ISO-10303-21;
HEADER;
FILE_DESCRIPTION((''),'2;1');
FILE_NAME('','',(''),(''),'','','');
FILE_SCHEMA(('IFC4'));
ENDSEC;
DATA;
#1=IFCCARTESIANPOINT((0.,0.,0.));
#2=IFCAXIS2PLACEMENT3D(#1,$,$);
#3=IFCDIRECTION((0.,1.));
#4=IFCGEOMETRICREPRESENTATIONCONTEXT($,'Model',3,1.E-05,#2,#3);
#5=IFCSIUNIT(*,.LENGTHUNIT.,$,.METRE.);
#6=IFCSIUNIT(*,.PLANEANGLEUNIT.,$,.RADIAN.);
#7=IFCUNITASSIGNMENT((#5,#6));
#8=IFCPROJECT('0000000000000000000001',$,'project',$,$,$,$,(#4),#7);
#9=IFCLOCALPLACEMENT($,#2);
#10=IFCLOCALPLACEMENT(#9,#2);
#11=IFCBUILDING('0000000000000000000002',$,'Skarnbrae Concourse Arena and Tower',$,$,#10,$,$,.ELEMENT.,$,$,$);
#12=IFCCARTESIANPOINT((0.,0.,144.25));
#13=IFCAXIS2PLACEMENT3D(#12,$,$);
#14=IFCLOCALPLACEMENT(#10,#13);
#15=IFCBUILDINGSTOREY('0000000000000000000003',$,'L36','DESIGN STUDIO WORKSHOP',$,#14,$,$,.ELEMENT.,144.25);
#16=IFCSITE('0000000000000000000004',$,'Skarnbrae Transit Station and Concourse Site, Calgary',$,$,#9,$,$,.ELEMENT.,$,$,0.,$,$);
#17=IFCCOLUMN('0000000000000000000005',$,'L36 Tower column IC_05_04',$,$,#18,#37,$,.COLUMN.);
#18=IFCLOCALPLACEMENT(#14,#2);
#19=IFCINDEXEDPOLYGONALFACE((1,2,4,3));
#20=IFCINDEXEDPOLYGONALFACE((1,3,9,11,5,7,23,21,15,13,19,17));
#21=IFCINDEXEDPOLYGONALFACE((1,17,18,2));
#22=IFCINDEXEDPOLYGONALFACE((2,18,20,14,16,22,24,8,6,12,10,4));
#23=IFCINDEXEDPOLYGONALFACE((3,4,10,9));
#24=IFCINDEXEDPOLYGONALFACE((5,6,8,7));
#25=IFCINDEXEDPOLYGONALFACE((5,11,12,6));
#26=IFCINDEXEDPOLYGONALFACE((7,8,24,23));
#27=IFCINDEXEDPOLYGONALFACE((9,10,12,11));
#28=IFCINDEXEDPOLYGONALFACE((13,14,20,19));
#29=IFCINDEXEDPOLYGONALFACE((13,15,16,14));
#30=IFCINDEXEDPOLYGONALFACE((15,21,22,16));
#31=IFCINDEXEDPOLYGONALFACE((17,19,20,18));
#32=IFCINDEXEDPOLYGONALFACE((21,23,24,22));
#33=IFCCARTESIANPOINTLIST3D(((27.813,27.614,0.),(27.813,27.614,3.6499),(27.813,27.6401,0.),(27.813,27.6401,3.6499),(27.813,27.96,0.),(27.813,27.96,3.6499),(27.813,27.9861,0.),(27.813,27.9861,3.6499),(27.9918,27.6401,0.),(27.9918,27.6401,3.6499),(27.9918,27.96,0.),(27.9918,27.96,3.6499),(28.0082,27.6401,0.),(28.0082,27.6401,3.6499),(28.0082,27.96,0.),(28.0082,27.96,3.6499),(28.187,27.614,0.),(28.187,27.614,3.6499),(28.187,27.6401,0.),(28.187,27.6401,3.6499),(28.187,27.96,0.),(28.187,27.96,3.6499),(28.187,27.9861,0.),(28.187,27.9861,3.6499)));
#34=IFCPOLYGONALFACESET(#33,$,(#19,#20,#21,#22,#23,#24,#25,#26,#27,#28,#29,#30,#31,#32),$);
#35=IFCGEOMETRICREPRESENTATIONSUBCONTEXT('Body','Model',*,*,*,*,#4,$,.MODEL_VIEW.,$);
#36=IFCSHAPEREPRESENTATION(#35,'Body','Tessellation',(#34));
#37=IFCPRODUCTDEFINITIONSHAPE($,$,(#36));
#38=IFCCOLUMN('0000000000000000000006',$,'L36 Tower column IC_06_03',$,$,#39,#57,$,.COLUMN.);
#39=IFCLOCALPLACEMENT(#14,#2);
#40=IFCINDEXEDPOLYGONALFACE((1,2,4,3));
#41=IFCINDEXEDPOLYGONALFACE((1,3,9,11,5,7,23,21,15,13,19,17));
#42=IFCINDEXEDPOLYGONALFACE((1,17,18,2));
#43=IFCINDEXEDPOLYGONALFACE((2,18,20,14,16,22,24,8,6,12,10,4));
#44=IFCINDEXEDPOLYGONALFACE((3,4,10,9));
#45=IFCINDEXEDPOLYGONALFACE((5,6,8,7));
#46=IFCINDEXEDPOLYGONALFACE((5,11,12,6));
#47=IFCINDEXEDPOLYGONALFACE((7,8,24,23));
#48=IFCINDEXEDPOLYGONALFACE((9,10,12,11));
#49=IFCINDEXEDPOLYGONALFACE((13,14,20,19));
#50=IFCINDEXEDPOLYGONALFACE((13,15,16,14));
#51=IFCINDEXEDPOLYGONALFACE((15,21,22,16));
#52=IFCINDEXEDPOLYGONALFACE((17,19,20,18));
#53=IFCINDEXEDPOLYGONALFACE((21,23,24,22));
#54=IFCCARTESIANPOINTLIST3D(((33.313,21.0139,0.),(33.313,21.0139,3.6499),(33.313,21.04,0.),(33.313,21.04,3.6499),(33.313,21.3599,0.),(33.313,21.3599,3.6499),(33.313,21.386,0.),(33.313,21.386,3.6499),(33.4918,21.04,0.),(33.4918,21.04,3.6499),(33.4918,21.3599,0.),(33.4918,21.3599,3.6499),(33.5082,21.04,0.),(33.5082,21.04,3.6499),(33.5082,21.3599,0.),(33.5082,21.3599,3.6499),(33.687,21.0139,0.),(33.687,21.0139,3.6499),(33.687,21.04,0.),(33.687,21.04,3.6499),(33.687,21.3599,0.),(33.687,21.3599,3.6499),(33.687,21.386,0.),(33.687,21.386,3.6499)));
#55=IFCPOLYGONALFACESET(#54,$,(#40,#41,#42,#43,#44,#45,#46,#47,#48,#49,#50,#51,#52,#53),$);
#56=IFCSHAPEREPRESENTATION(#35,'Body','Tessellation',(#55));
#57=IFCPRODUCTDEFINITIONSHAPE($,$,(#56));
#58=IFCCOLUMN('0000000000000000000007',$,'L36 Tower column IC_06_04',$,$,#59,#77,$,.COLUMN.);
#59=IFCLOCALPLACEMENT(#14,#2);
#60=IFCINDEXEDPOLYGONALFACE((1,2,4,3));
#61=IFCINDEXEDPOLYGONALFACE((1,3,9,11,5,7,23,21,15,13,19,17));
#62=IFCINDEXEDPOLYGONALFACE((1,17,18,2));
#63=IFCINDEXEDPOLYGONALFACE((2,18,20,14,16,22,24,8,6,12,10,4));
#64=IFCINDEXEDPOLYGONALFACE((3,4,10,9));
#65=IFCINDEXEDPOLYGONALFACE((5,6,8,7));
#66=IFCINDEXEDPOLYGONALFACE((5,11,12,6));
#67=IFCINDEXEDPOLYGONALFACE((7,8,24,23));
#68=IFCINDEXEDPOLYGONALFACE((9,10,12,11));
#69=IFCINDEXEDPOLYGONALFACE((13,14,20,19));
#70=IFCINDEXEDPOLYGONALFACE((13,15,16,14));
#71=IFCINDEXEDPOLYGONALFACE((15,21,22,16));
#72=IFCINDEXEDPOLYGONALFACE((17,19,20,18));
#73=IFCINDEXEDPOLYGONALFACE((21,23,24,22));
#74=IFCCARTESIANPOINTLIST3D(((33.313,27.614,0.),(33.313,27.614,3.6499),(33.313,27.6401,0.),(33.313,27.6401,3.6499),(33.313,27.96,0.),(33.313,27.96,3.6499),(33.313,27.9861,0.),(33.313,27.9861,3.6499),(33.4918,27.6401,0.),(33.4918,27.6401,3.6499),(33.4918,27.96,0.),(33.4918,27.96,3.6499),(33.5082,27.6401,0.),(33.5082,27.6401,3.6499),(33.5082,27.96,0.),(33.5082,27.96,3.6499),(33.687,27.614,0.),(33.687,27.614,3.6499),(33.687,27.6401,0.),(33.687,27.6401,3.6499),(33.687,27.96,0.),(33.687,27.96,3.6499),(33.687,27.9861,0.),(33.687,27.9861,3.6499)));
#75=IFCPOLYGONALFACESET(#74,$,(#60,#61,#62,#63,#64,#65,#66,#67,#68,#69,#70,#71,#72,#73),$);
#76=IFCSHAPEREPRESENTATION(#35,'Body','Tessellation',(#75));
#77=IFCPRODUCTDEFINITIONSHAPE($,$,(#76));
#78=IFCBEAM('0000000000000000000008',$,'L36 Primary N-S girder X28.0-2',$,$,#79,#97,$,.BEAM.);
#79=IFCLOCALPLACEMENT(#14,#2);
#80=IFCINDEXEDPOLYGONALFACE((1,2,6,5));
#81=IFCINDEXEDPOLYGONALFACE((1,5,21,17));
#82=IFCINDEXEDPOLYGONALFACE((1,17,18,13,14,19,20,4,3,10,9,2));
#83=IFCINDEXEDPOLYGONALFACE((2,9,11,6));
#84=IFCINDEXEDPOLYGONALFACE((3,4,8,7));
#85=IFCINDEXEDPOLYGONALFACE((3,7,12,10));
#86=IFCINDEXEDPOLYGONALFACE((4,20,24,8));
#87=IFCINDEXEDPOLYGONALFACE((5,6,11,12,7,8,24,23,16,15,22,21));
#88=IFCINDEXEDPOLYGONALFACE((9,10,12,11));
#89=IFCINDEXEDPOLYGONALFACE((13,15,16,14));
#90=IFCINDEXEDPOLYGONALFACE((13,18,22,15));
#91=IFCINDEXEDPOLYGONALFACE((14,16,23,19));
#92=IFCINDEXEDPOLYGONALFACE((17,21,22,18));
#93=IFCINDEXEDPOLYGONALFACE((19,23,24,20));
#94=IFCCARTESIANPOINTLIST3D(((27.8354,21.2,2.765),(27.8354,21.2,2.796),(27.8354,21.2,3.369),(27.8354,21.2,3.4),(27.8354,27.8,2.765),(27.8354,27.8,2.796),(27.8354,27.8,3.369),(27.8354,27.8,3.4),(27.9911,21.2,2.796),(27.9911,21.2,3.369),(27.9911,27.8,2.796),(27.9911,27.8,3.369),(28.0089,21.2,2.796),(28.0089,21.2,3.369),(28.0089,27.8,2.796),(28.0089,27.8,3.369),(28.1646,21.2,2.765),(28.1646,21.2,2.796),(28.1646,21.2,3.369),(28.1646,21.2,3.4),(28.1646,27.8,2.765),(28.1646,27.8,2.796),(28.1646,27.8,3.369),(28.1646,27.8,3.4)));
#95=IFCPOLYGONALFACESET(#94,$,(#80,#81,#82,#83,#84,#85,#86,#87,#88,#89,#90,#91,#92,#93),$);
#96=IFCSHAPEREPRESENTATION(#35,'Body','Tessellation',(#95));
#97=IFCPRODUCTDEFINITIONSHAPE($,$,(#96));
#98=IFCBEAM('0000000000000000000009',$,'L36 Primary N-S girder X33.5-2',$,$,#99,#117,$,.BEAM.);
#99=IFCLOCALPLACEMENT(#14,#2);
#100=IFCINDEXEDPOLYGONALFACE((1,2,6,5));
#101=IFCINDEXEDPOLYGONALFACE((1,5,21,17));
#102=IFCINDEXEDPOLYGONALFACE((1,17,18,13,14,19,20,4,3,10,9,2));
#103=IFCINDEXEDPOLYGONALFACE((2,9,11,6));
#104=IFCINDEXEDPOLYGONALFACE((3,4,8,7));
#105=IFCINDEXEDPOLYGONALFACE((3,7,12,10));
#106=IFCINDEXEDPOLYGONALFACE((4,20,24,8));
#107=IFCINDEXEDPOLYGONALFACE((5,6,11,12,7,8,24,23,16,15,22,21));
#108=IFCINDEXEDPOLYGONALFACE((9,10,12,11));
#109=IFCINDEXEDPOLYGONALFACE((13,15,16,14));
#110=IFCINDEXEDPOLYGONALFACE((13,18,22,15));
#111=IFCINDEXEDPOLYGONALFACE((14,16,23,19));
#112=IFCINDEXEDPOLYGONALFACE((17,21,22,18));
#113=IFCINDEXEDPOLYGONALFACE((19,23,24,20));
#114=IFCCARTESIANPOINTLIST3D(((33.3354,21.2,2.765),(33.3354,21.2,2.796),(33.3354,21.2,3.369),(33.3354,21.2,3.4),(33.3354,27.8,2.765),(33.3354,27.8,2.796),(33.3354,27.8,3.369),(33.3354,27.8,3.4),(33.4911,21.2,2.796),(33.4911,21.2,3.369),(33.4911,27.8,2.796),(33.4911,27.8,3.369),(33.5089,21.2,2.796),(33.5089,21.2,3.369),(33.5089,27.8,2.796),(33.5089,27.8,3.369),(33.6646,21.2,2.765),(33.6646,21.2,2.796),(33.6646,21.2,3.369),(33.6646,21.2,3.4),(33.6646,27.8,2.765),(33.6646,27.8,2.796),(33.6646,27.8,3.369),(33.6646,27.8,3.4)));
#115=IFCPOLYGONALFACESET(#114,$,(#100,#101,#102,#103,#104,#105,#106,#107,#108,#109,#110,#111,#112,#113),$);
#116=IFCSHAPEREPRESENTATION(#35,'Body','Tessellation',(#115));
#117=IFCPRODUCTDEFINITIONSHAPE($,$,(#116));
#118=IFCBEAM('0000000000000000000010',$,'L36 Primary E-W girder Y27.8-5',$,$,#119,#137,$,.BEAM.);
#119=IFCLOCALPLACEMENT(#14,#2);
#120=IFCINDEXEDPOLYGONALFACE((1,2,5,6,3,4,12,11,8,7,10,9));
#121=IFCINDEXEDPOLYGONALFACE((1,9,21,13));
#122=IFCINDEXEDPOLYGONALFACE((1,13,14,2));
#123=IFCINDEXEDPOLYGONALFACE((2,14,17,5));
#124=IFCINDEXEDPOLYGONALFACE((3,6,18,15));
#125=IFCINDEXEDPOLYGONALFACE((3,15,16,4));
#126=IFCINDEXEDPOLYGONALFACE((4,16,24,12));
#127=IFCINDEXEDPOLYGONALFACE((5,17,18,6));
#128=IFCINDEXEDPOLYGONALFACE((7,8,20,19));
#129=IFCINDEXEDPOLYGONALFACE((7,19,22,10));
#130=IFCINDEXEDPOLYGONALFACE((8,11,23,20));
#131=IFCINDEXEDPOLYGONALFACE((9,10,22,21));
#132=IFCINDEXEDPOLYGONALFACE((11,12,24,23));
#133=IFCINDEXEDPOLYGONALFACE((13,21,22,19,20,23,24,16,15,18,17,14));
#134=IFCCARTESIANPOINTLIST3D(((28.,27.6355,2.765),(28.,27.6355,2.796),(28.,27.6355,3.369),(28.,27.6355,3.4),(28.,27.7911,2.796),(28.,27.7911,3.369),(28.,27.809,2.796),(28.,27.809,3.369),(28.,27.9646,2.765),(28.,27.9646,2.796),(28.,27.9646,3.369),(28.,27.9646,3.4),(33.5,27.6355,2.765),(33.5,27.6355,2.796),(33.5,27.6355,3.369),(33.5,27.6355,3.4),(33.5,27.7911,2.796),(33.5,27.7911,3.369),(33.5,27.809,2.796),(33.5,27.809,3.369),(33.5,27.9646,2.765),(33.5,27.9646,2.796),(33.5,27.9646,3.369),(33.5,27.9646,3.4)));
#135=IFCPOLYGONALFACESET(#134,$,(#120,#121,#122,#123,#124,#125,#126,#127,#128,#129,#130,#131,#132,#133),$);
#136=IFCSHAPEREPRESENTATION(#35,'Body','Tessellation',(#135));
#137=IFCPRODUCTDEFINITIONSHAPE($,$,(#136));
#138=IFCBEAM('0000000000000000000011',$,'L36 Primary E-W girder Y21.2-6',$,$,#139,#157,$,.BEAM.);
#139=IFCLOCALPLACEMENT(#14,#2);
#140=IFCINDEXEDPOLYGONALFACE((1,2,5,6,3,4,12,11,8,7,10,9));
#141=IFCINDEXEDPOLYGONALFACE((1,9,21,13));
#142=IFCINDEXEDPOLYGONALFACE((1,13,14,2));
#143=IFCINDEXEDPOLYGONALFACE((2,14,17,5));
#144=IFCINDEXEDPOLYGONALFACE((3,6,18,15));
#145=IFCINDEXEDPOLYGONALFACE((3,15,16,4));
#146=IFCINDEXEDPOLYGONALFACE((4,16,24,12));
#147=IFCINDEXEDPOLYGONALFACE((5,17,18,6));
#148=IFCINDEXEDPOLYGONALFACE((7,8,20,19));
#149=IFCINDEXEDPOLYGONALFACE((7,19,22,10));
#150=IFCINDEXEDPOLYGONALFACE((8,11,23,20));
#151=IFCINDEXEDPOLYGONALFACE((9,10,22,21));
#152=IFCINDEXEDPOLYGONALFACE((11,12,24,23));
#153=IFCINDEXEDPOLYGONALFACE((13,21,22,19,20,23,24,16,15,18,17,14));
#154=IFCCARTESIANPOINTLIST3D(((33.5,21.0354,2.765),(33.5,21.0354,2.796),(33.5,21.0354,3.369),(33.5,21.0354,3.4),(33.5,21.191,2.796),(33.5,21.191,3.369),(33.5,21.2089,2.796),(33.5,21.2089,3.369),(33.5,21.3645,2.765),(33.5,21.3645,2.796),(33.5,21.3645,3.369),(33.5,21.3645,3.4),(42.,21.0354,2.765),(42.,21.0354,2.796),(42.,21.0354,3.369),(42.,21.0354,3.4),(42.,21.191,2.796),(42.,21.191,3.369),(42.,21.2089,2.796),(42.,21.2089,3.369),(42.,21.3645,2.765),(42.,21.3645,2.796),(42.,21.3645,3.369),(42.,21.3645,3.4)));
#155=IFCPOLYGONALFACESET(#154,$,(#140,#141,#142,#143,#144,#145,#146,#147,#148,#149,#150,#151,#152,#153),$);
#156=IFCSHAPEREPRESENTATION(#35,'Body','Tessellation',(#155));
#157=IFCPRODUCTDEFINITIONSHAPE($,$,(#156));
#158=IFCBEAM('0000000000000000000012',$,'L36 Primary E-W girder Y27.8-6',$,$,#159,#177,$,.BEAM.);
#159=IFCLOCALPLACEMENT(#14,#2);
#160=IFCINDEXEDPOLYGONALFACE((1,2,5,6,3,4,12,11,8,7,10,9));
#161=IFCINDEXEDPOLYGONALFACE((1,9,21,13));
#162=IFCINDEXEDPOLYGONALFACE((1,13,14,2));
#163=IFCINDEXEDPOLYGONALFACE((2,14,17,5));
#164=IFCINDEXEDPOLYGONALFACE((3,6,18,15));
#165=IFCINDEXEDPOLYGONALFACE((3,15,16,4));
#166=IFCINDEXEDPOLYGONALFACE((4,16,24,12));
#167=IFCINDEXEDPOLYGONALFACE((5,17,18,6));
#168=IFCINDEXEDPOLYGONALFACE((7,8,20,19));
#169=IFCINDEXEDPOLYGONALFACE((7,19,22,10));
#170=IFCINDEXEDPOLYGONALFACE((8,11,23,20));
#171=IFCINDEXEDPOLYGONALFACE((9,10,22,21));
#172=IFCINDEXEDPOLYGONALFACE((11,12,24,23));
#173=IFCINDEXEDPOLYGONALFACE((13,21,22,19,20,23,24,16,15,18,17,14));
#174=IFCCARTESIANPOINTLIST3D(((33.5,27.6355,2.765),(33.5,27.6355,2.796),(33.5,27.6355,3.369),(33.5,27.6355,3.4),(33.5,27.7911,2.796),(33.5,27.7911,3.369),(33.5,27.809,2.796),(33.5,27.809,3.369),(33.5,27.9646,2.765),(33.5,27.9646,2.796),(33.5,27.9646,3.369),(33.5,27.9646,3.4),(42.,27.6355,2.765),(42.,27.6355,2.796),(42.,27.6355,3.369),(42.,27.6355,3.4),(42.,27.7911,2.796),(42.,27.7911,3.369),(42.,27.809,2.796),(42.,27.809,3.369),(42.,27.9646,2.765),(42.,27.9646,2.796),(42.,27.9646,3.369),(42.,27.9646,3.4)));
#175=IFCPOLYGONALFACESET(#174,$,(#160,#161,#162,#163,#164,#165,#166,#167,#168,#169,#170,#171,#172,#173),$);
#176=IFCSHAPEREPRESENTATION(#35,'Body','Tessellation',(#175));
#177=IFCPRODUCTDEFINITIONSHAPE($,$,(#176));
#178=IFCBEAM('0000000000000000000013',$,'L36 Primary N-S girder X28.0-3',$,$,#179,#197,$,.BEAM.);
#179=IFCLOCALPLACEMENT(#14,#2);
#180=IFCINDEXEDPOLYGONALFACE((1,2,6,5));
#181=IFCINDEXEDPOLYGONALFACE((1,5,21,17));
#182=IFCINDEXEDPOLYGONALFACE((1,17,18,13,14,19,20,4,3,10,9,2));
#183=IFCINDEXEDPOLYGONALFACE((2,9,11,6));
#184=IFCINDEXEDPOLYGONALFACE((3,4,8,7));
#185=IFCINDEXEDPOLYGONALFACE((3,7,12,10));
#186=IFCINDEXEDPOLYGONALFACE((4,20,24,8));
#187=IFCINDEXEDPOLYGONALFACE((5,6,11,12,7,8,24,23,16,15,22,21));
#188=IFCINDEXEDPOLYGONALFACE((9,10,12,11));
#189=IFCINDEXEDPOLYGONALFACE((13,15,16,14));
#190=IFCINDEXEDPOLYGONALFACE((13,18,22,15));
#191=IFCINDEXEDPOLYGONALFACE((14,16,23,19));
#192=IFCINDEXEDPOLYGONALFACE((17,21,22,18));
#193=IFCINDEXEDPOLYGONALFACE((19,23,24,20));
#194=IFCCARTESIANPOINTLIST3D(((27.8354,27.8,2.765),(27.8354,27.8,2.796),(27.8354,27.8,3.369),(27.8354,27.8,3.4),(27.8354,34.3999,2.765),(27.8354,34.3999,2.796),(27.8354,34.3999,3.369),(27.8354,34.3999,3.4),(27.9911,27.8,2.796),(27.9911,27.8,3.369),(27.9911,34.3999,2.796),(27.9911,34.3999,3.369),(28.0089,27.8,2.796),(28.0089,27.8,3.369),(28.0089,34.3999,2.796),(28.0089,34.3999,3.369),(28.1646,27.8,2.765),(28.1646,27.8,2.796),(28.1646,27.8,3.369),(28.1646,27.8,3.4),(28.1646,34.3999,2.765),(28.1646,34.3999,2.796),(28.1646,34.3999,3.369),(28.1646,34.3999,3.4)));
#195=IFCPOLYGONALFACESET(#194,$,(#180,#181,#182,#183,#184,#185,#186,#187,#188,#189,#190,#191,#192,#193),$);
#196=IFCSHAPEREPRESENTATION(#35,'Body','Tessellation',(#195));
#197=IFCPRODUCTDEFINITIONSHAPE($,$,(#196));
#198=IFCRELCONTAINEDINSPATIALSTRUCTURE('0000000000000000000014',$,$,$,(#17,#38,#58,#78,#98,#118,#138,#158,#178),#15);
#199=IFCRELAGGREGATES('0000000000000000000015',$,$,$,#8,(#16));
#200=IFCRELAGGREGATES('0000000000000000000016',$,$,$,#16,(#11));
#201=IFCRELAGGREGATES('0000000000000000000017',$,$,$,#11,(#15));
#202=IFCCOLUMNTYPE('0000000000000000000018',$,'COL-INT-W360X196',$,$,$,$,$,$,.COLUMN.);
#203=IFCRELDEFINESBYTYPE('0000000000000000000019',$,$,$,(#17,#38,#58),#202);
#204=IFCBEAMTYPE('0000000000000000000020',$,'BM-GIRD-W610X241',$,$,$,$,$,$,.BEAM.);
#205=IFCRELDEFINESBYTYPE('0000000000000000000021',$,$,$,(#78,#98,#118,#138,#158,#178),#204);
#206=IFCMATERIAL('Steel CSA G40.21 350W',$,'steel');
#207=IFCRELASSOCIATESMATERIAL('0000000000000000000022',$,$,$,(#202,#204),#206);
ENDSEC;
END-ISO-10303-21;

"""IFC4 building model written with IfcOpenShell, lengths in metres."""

from ifc_helpers import new_model, si_unit, direction, frame, origin, origin_2d, place, context, subcontext, project, spatial, i_section, extrude, source, transform, mapped, material, material_profile, profile_set, type_object, element, save


model = new_model("IFC4")

# Units and contexts
model_context = context("Model", 3, precision=1e-05, world=origin(), true_north=direction((0.0, 1.0)))
body_context = subcontext(model_context, "Body", "Model", "MODEL_VIEW")
ifc_project = project(units=[si_unit("LENGTHUNIT", "METRE"), si_unit("PLANEANGLEUNIT", "RADIAN")], contexts=[model_context])

# Site, building, storey
site_placement = place(None, origin())
site = spatial("IfcSite", under=ifc_project, at=site_placement, Name="Skarnbrae Transit Station and Concourse Site, Calgary", CompositionType="ELEMENT", RefElevation=0.0)
building_placement = place(site_placement, origin())
building = spatial("IfcBuilding", under=site, at=building_placement, Name="Skarnbrae Concourse Arena and Tower", CompositionType="ELEMENT")
storey_placement = place(building_placement, frame((0.0, 0.0, 144.25)))
storey = spatial("IfcBuildingStorey", under=building, at=storey_placement, Name="L36", Description="DESIGN STUDIO WORKSHOP", CompositionType="ELEMENT", Elevation=144.25)

# Columns
ifc_material_1 = material(Name="Steel CSA G40.21 350W", Category="steel")
ifc_material_profile_1 = material_profile(ifc_material_1, i_section(OverallWidth=0.374, OverallDepth=0.3721, WebThickness=0.0164, FlangeThickness=0.0261, at=origin_2d()), Name="W360X196")
ifc_profile_set_1 = profile_set([ifc_material_profile_1], Name="Steel CSA G40.21 350W")
column_type = type_object("IfcColumnType", Name="COL-INT-W360X196", PredefinedType="COLUMN", material=ifc_profile_set_1)
shared_shape_1 = source(origin(), body_context, "Body", "SweptSolid", [
    extrude(i_section(OverallWidth=0.374, OverallDepth=0.3721, WebThickness=0.0164, FlangeThickness=0.0261, at=origin_2d()), origin(), (0.0, 0.0, 1.0), 3.6499),
])
for number, where, z_axis, x_axis, name in (
    (1, (28.0, 27.8, 0.0), (0.0, 0.0, 1.0), (1.0, 0.0, 0.0), "L36 Tower column IC_05_04"),
    (2, (33.5, 21.2, 0.0), (0.0, 0.0, 1.0), (1.0, 0.0, 0.0), "L36 Tower column IC_06_03"),
    (3, (33.5, 27.8, 0.0), (0.0, 0.0, 1.0), (1.0, 0.0, 0.0), "L36 Tower column IC_06_04"),
):
    element("IfcColumn", number, at=place(storey_placement, frame(where, z_axis=z_axis, x_axis=x_axis)), inside=storey, type_object=column_type, Name=name, PredefinedType="COLUMN", context=body_context, shape_type="MappedRepresentation", body=[
        mapped(shared_shape_1, transform((0.0, 0.0, 0.0))),
    ])

# Beams
ifc_material_profile_2 = material_profile(ifc_material_1, i_section(OverallWidth=0.3291, OverallDepth=0.635, WebThickness=0.0178, FlangeThickness=0.031, at=origin_2d()), Name="W610X241")
ifc_profile_set_2 = profile_set([ifc_material_profile_2], Name="Steel CSA G40.21 350W")
beam_type_1 = type_object("IfcBeamType", Name="BM-GIRD-W610X241", PredefinedType="BEAM", material=ifc_profile_set_2)
shared_shape_2 = source(origin(), body_context, "Body", "SweptSolid", [
    extrude(i_section(OverallWidth=0.3291, OverallDepth=0.635, WebThickness=0.0178, FlangeThickness=0.031, at=origin_2d()), origin(), (0.0, 0.0, 1.0), 6.6001),
])
for number, where, z_axis, x_axis, name in (
    (4, (28.0, 21.2, 3.0825), (0.0, 1.0, 0.0), (-1.0, 0.0, 0.0), "L36 Primary N-S girder X28.0-2"),
    (5, (33.5, 21.2, 3.0825), (0.0, 1.0, 0.0), (-1.0, 0.0, 0.0), "L36 Primary N-S girder X33.5-2"),
):
    element("IfcBeam", number, at=place(storey_placement, frame(where, z_axis=z_axis, x_axis=x_axis)), inside=storey, type_object=beam_type_1, Name=name, PredefinedType="BEAM", context=body_context, shape_type="MappedRepresentation", body=[
        mapped(shared_shape_2, transform((0.0, 0.0, 0.0))),
    ])
shared_shape_3 = source(origin(), body_context, "Body", "SweptSolid", [
    extrude(i_section(OverallWidth=0.3291, OverallDepth=0.635, WebThickness=0.0178, FlangeThickness=0.031, at=origin_2d()), origin(), (0.0, 0.0, 1.0), 5.5),
])
beam_placement = place(storey_placement, frame((28.0, 27.8, 3.0825), z_axis=(1.0, 0.0, 0.0), x_axis=(0.0, 1.0, 0.0)))
element("IfcBeam", 6, at=beam_placement, inside=storey, type_object=beam_type_1, Name="L36 Primary E-W girder Y27.8-5", PredefinedType="BEAM", context=body_context, shape_type="MappedRepresentation", body=[
    mapped(shared_shape_3, transform((0.0, 0.0, 0.0))),
])
shared_shape_4 = source(origin(), body_context, "Body", "SweptSolid", [
    extrude(i_section(OverallWidth=0.3291, OverallDepth=0.635, WebThickness=0.0178, FlangeThickness=0.031, at=origin_2d()), origin(), (0.0, 0.0, 1.0), 8.5),
])
for number, where, z_axis, x_axis, name in (
    (7, (33.5, 21.2, 3.0825), (1.0, 0.0, 0.0), (0.0, 1.0, 0.0), "L36 Primary E-W girder Y21.2-6"),
    (8, (33.5, 27.8, 3.0825), (1.0, 0.0, 0.0), (0.0, 1.0, 0.0), "L36 Primary E-W girder Y27.8-6"),
):
    element("IfcBeam", number, at=place(storey_placement, frame(where, z_axis=z_axis, x_axis=x_axis)), inside=storey, type_object=beam_type_1, Name=name, PredefinedType="BEAM", context=body_context, shape_type="MappedRepresentation", body=[
        mapped(shared_shape_4, transform((0.0, 0.0, 0.0))),
    ])
shared_shape_5 = source(origin(), body_context, "Body", "SweptSolid", [
    extrude(i_section(OverallWidth=0.3291, OverallDepth=0.635, WebThickness=0.0178, FlangeThickness=0.031, at=origin_2d()), origin(), (0.0, 0.0, 1.0), 6.5999),
])
for number, where, z_axis, x_axis, name in (
    (9, (28.0, 27.8, 3.0825), (0.0, 1.0, 0.0), (-1.0, 0.0, 0.0), "L36 Primary N-S girder X28.0-3"),
):
    element("IfcBeam", number, at=place(storey_placement, frame(where, z_axis=z_axis, x_axis=x_axis)), inside=storey, type_object=beam_type_1, Name=name, PredefinedType="BEAM", context=body_context, shape_type="MappedRepresentation", body=[
        mapped(shared_shape_5, transform((0.0, 0.0, 0.0))),
    ])

save(model, "model.ifc")
